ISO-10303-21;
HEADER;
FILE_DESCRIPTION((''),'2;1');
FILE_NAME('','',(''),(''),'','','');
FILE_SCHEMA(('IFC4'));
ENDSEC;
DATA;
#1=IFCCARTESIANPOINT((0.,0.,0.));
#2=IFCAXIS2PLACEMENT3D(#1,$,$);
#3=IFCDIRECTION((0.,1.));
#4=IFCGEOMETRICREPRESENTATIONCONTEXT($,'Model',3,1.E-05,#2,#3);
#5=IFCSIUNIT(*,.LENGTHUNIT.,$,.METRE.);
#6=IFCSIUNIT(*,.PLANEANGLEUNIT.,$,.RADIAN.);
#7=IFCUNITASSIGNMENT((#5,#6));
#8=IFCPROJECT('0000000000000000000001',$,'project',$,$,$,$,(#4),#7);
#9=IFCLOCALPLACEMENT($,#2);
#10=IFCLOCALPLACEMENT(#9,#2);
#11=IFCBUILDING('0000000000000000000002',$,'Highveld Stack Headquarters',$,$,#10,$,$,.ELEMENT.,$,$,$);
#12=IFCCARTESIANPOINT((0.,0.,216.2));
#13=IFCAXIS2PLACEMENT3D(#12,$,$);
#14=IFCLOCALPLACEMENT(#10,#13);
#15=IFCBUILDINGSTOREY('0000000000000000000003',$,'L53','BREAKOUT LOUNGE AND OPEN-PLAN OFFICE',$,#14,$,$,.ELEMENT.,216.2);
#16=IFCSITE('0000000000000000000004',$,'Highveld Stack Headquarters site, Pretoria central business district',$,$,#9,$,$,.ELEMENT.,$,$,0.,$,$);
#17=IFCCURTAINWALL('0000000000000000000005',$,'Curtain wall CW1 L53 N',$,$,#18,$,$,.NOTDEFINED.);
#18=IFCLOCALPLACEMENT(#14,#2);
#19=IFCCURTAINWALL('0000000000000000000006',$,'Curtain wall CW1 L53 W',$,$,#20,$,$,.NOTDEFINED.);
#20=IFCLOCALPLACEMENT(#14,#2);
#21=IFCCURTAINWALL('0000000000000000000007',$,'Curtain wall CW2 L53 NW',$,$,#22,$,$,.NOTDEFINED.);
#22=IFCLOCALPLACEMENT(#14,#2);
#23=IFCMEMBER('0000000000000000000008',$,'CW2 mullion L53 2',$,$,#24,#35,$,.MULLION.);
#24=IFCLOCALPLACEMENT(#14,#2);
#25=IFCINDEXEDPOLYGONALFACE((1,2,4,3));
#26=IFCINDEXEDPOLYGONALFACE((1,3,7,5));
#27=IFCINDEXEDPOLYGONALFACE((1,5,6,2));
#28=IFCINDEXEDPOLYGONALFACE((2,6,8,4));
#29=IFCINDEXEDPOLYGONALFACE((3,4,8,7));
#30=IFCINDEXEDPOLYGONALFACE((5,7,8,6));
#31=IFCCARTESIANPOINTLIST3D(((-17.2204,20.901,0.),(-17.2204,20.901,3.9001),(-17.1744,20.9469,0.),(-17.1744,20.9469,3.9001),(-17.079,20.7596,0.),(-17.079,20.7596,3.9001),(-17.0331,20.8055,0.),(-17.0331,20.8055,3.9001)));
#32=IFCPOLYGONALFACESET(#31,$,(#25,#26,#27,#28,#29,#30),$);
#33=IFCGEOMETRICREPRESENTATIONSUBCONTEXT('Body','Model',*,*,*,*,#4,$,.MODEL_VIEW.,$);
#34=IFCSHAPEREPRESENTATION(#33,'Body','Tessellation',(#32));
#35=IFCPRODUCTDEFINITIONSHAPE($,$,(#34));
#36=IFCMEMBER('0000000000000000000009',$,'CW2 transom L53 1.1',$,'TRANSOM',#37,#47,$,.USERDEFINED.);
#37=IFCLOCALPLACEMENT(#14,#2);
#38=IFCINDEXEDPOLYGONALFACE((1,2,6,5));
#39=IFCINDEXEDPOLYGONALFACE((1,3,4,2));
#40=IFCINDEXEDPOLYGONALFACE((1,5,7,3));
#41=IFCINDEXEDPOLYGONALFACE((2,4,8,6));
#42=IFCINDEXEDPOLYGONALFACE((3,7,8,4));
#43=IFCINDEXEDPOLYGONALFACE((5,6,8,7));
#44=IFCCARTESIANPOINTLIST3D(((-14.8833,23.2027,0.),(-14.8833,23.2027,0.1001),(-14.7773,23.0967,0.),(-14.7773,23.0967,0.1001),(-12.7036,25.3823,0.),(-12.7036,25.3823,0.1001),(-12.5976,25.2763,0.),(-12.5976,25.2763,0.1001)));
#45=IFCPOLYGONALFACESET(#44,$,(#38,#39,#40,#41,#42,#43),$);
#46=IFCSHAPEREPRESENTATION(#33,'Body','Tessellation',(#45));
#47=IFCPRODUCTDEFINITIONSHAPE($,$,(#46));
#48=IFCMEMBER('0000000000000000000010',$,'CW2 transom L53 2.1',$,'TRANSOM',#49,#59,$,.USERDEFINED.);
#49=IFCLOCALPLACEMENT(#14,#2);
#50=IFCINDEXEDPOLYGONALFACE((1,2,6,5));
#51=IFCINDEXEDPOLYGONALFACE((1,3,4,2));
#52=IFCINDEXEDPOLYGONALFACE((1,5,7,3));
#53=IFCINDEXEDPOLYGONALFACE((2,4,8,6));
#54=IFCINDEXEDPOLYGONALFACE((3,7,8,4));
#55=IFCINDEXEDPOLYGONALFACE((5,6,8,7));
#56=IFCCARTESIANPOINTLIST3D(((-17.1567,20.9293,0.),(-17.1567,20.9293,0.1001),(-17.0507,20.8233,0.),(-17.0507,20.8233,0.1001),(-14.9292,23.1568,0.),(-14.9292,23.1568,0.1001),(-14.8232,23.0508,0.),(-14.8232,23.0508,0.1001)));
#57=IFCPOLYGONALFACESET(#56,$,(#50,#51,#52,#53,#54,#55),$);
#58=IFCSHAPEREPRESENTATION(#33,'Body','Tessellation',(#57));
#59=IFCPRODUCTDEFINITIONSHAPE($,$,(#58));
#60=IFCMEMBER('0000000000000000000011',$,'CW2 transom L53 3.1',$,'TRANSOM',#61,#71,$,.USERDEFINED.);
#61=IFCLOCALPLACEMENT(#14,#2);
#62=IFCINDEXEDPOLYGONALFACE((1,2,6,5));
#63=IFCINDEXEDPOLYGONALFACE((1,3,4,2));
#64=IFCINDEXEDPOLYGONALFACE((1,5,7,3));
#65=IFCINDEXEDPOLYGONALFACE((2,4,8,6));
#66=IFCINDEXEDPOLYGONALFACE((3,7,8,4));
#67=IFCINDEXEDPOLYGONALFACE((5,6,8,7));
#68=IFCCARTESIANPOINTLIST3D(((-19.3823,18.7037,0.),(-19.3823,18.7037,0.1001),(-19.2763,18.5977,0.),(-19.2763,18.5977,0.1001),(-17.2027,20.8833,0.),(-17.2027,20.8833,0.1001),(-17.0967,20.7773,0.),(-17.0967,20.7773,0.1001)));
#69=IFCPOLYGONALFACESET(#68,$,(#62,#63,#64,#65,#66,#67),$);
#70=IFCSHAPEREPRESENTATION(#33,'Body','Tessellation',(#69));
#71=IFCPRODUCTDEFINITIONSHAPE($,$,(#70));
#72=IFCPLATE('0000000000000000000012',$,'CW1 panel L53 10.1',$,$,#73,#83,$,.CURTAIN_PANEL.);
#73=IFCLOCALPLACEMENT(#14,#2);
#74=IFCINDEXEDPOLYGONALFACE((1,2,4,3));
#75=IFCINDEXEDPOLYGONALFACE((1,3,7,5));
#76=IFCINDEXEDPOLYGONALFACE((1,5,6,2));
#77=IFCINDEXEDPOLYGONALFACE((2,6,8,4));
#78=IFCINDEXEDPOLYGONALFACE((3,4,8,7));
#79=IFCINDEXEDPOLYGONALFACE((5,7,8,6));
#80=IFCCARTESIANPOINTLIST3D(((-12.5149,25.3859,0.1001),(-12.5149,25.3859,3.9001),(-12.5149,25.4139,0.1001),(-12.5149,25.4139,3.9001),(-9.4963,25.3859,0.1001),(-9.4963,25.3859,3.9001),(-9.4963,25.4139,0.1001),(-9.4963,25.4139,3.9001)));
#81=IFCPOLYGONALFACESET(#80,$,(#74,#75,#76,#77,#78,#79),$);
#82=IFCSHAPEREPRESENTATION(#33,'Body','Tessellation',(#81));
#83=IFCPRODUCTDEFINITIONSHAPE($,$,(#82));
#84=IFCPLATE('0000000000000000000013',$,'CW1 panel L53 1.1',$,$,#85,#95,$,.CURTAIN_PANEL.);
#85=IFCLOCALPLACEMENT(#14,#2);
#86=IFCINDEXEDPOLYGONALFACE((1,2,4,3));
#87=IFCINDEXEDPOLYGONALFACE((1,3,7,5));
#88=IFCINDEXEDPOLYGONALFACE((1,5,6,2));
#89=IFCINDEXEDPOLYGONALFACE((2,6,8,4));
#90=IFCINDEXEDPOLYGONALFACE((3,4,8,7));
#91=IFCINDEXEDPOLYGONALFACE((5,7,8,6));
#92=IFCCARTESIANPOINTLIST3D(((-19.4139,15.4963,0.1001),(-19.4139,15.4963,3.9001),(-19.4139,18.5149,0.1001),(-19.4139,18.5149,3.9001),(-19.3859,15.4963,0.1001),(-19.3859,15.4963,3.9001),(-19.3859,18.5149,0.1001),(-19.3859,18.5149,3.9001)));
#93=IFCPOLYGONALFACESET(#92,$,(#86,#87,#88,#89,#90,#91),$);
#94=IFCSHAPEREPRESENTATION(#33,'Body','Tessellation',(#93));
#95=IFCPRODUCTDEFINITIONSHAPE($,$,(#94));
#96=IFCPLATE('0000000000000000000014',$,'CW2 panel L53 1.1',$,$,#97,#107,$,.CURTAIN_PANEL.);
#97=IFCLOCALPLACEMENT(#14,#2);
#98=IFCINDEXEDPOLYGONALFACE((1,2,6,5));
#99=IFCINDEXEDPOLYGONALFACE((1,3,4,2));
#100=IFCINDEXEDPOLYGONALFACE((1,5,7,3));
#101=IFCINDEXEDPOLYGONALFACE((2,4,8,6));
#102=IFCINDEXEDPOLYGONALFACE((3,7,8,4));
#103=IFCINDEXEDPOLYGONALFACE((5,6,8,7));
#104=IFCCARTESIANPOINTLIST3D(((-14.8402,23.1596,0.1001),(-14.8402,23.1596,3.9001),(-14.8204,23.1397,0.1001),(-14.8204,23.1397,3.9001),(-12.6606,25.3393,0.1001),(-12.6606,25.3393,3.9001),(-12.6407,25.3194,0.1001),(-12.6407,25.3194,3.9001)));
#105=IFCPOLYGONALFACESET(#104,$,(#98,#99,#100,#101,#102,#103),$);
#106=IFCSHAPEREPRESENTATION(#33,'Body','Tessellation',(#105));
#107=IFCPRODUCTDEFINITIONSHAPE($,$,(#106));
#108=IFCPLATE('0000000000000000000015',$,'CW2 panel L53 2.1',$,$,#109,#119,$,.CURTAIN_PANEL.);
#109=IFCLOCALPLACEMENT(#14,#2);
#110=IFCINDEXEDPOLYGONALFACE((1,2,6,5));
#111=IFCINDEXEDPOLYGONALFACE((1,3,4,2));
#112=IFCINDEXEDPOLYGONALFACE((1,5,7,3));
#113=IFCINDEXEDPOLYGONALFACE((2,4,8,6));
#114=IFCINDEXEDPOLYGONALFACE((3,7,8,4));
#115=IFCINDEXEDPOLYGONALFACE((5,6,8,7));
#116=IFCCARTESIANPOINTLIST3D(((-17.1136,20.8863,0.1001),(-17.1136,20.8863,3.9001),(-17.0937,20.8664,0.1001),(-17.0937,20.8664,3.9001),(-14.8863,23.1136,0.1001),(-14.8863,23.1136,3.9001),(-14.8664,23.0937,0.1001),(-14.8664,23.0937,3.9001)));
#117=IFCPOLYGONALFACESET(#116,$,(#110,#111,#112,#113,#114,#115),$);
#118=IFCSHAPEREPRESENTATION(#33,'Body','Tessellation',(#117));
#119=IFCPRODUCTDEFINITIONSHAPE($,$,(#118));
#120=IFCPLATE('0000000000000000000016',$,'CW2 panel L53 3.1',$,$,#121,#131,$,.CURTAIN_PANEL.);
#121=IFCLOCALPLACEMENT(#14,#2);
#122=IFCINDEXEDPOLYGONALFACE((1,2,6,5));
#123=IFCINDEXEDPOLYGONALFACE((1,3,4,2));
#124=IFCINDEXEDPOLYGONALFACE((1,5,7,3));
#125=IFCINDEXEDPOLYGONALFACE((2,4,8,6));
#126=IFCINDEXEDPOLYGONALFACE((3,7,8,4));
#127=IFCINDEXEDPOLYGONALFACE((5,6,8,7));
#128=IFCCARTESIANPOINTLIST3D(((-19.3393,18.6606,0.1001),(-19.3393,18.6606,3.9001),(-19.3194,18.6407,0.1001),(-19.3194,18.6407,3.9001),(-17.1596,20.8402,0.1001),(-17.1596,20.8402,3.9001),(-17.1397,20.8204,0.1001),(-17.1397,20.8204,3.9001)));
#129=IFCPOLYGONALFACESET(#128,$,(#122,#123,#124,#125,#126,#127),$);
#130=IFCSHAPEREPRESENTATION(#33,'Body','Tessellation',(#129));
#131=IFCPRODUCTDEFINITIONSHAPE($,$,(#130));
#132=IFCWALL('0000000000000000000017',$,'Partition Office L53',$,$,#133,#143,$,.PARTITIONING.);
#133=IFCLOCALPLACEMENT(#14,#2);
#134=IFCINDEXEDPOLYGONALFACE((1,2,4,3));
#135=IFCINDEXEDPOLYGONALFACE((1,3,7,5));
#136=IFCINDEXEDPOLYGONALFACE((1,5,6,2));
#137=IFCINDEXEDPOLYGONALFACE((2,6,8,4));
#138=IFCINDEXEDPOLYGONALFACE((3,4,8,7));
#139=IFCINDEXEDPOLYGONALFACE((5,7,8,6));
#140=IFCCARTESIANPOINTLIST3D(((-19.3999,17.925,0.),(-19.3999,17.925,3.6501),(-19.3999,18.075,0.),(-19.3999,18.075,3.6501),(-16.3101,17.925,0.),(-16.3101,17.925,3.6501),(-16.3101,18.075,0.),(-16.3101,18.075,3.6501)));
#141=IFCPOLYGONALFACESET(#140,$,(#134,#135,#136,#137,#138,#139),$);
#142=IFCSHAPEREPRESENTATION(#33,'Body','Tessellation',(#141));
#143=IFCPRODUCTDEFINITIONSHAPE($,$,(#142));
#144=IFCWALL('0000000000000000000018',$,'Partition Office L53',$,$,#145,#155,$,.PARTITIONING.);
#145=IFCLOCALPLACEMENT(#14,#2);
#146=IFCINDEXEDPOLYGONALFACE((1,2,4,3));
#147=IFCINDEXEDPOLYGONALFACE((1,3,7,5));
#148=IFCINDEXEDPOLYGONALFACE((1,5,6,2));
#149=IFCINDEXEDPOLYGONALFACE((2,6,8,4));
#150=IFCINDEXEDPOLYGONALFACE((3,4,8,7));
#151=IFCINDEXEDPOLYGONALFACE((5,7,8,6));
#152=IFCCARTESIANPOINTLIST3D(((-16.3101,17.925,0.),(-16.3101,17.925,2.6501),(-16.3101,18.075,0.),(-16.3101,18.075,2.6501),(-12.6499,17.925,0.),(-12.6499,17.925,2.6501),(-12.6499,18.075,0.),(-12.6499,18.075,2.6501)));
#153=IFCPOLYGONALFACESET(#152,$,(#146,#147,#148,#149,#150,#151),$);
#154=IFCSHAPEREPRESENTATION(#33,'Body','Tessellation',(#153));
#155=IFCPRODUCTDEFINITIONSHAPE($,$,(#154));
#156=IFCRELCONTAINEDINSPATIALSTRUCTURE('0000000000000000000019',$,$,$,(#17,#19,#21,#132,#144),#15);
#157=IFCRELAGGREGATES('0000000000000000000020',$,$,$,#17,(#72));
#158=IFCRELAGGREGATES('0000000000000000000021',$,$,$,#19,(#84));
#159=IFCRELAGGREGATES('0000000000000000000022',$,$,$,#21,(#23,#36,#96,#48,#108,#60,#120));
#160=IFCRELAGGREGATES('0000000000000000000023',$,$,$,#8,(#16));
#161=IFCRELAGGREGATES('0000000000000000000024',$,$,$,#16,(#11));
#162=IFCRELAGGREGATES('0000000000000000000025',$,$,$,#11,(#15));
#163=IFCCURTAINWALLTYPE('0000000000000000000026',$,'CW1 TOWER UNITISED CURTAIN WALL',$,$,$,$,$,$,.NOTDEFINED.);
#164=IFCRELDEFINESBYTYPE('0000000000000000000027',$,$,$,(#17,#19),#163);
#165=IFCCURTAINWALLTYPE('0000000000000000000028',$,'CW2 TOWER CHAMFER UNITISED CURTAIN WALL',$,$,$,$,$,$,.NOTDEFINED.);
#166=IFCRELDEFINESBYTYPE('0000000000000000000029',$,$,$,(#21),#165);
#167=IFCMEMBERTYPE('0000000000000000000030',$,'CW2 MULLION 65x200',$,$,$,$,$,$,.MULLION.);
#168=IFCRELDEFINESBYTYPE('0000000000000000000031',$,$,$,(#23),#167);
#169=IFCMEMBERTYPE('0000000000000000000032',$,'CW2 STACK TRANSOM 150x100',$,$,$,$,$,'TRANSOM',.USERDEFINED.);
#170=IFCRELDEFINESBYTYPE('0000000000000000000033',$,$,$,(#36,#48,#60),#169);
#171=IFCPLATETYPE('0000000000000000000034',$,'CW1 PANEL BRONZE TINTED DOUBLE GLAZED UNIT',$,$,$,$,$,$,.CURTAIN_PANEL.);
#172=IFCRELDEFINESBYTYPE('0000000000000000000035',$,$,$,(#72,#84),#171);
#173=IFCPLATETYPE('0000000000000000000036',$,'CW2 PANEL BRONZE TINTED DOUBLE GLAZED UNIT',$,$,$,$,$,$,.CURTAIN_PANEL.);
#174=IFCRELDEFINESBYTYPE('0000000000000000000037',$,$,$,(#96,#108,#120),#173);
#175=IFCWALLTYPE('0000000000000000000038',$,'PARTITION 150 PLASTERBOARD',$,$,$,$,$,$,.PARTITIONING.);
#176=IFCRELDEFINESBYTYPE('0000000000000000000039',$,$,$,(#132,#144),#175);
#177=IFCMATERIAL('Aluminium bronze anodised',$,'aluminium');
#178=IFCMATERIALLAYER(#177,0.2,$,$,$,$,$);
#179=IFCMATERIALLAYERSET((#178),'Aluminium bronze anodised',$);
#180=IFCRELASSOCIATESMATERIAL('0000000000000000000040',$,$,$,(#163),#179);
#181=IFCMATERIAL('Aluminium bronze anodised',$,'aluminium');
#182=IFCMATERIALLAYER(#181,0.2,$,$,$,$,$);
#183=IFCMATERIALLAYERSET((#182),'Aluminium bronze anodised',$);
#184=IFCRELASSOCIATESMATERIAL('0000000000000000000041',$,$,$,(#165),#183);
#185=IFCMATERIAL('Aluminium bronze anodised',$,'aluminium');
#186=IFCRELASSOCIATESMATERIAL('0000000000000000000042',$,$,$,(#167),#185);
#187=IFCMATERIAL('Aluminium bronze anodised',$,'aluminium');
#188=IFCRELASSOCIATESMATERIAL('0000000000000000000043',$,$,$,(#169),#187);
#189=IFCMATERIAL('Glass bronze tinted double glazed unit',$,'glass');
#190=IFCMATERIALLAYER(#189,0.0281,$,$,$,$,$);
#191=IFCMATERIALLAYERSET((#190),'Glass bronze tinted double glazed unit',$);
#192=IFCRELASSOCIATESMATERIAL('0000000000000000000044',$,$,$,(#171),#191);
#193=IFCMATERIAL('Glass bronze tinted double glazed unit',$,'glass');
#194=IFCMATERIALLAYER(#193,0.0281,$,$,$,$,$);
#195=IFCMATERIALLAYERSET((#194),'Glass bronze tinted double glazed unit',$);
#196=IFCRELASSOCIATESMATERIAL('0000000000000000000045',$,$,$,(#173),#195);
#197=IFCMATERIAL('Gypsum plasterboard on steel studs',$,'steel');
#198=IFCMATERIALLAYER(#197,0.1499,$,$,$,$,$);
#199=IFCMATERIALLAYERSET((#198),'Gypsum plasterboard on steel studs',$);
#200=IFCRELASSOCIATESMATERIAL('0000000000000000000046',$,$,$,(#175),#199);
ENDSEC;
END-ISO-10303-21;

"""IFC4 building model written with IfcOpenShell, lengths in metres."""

from ifc_helpers import new_model, si_unit, direction, frame, frame_2d, origin, origin_2d, place, context, subcontext, project, spatial, rectangle, extrude, material, layer, layer_set, material_profile, profile_set, type_object, element, aggregate, save


model = new_model("IFC4")

# Units and contexts
model_context = context("Model", 3, precision=1e-05, world=origin(), true_north=direction((0.0, 1.0)))
body_context = subcontext(model_context, "Body", "Model", "MODEL_VIEW")
ifc_project = project(units=[si_unit("LENGTHUNIT", "METRE"), si_unit("PLANEANGLEUNIT", "RADIAN")], contexts=[model_context])

# Site, building, storey
site_placement = place(None, origin())
site = spatial("IfcSite", under=ifc_project, at=site_placement, Name="Highveld Stack Headquarters site, Pretoria central business district", CompositionType="ELEMENT", RefElevation=0.0)
building_placement = place(site_placement, origin())
building = spatial("IfcBuilding", under=site, at=building_placement, Name="Highveld Stack Headquarters", CompositionType="ELEMENT")
storey_placement = place(building_placement, frame((0.0, 0.0, 216.2)))
storey = spatial("IfcBuildingStorey", under=building, at=storey_placement, Name="L53", Description="BREAKOUT LOUNGE AND OPEN-PLAN OFFICE", CompositionType="ELEMENT", Elevation=216.2)

# Curtain walls
ifc_material_1 = material(Name="Aluminium bronze anodised", Category="aluminium")
ifc_layer_1 = layer(ifc_material_1, 0.2)
ifc_layer_set_1 = layer_set([ifc_layer_1], Name="Aluminium bronze anodised")
curtain_wall_type_1 = type_object("IfcCurtainWallType", Name="CW1 TOWER UNITISED CURTAIN WALL", PredefinedType="NOTDEFINED", material=ifc_layer_set_1)
curtain_wall_1_placement = place(storey_placement, origin())
curtain_wall_1 = element("IfcCurtainWall", 1, at=curtain_wall_1_placement, inside=storey, type_object=curtain_wall_type_1, Name="Curtain wall CW1 L53 N", PredefinedType="NOTDEFINED")
curtain_wall_2_placement = place(storey_placement, origin())
curtain_wall_2 = element("IfcCurtainWall", 2, at=curtain_wall_2_placement, inside=storey, type_object=curtain_wall_type_1, Name="Curtain wall CW1 L53 W", PredefinedType="NOTDEFINED")

# Curtain wall, members
ifc_material_2 = material(Name="Aluminium bronze anodised", Category="aluminium")
ifc_layer_2 = layer(ifc_material_2, 0.2)
ifc_layer_set_2 = layer_set([ifc_layer_2], Name="Aluminium bronze anodised")
curtain_wall_type_2 = type_object("IfcCurtainWallType", Name="CW2 TOWER CHAMFER UNITISED CURTAIN WALL", PredefinedType="NOTDEFINED", material=ifc_layer_set_2)
curtain_wall_3_placement = place(storey_placement, origin())
curtain_wall_3 = element("IfcCurtainWall", 3, at=curtain_wall_3_placement, inside=storey, type_object=curtain_wall_type_2, Name="Curtain wall CW2 L53 NW", PredefinedType="NOTDEFINED")
ifc_material_3 = material(Name="Aluminium bronze anodised", Category="aluminium")
ifc_material_profile_1 = material_profile(ifc_material_3, rectangle(XDim=0.2, YDim=0.0649, at=origin_2d()), Name="CW2 MULLION 65x200")
ifc_profile_set_1 = profile_set([ifc_material_profile_1], Name="Aluminium bronze anodised")
member_type_1 = type_object("IfcMemberType", Name="CW2 MULLION 65x200", PredefinedType="MULLION", material=ifc_profile_set_1)
member_1_placement = place(storey_placement, frame((-17.1267, 20.8533, 0.0), z_axis=(0.0, 0.0, 1.0), x_axis=(0.707107, -0.707107, 0.0)))
member_1 = element("IfcMember", 4, at=member_1_placement, type_object=member_type_1, Name="CW2 mullion L53 2", PredefinedType="MULLION", context=body_context, shape_type="SweptSolid", body=[
    extrude(rectangle(XDim=0.2, YDim=0.0649, at=origin_2d()), origin(), (0.0, 0.0, 1.0), 3.9001),
])
ifc_material_4 = material(Name="Aluminium bronze anodised", Category="aluminium")
ifc_material_profile_2 = material_profile(ifc_material_4, rectangle(XDim=0.1499, YDim=0.1001, at=origin_2d()), Name="CW2 TRANSOM 150x100")
ifc_profile_set_2 = profile_set([ifc_material_profile_2], Name="Aluminium bronze anodised")
member_type_2 = type_object("IfcMemberType", Name="CW2 STACK TRANSOM 150x100", ElementType="TRANSOM", PredefinedType="USERDEFINED", material=ifc_profile_set_2)
member_2_placement = place(storey_placement, frame((-12.6506, 25.3293, 0.05), z_axis=(-0.707107, -0.707107, 0.0), x_axis=(0.707107, -0.707107, 0.0)))
member_2 = element("IfcMember", 5, at=member_2_placement, type_object=member_type_2, Name="CW2 transom L53 1.1", ObjectType="TRANSOM", PredefinedType="USERDEFINED", context=body_context, shape_type="SweptSolid", body=[
    extrude(rectangle(XDim=0.1499, YDim=0.1001, at=origin_2d()), origin(), (0.0, 0.0, 1.0), 3.0825),
])
member_3_placement = place(storey_placement, frame((-14.8762, 23.1038, 0.05), z_axis=(-0.707107, -0.707107, 0.0), x_axis=(0.707107, -0.707107, 0.0)))
member_3 = element("IfcMember", 6, at=member_3_placement, type_object=member_type_2, Name="CW2 transom L53 2.1", ObjectType="TRANSOM", PredefinedType="USERDEFINED", context=body_context, shape_type="SweptSolid", body=[
    extrude(rectangle(XDim=0.1499, YDim=0.1001, at=origin_2d()), origin(), (0.0, 0.0, 1.0), 3.1501),
])
member_4_placement = place(storey_placement, frame((-17.1497, 20.8303, 0.05), z_axis=(-0.707107, -0.707107, 0.0), x_axis=(0.707107, -0.707107, 0.0)))
member_4 = element("IfcMember", 7, at=member_4_placement, type_object=member_type_2, Name="CW2 transom L53 3.1", ObjectType="TRANSOM", PredefinedType="USERDEFINED", context=body_context, shape_type="SweptSolid", body=[
    extrude(rectangle(XDim=0.1499, YDim=0.1001, at=origin_2d()), origin(), (0.0, 0.0, 1.0), 3.0825),
])

# Plates
ifc_material_5 = material(Name="Glass bronze tinted double glazed unit", Category="glass")
ifc_layer_3 = layer(ifc_material_5, 0.0281)
ifc_layer_set_3 = layer_set([ifc_layer_3], Name="Glass bronze tinted double glazed unit")
plate_type_1 = type_object("IfcPlateType", Name="CW1 PANEL BRONZE TINTED DOUBLE GLAZED UNIT", PredefinedType="CURTAIN_PANEL", material=ifc_layer_set_3)
plate_1_placement = place(storey_placement, frame((-11.0056, 25.3999, 0.1001), z_axis=(0.0, 0.0, 1.0), x_axis=(-1.0, 0.0, 0.0)))
plate_1 = element("IfcPlate", 8, at=plate_1_placement, type_object=plate_type_1, Name="CW1 panel L53 10.1", PredefinedType="CURTAIN_PANEL", context=body_context, shape_type="SweptSolid", body=[
    extrude(rectangle(XDim=3.0186, YDim=0.0281, at=origin_2d()), origin(), (0.0, 0.0, 1.0), 3.8),
])
aggregate(curtain_wall_1, [plate_1])
plate_2_placement = place(storey_placement, frame((-19.3999, 17.0056, 0.1001), z_axis=(0.0, 0.0, 1.0), x_axis=(0.0, -1.0, 0.0)))
plate_2 = element("IfcPlate", 9, at=plate_2_placement, type_object=plate_type_1, Name="CW1 panel L53 1.1", PredefinedType="CURTAIN_PANEL", context=body_context, shape_type="SweptSolid", body=[
    extrude(rectangle(XDim=3.0186, YDim=0.0281, at=origin_2d()), origin(), (0.0, 0.0, 1.0), 3.8),
])
aggregate(curtain_wall_2, [plate_2])
ifc_material_6 = material(Name="Glass bronze tinted double glazed unit", Category="glass")
ifc_layer_4 = layer(ifc_material_6, 0.0281)
ifc_layer_set_4 = layer_set([ifc_layer_4], Name="Glass bronze tinted double glazed unit")
plate_type_2 = type_object("IfcPlateType", Name="CW2 PANEL BRONZE TINTED DOUBLE GLAZED UNIT", PredefinedType="CURTAIN_PANEL", material=ifc_layer_set_4)
plate_3_placement = place(storey_placement, frame((-13.7405, 24.2395, 0.1001), z_axis=(0.0, 0.0, 1.0), x_axis=(-0.707107, -0.707107, 0.0)))
plate_3 = element("IfcPlate", 10, at=plate_3_placement, type_object=plate_type_2, Name="CW2 panel L53 1.1", PredefinedType="CURTAIN_PANEL", context=body_context, shape_type="SweptSolid", body=[
    extrude(rectangle(XDim=3.0825, YDim=0.0281, at=origin_2d()), origin(), (0.0, 0.0, 1.0), 3.8),
])
plate_4_placement = place(storey_placement, frame((-15.99, 21.99, 0.1001), z_axis=(0.0, 0.0, 1.0), x_axis=(-0.707107, -0.707107, 0.0)))
plate_4 = element("IfcPlate", 11, at=plate_4_placement, type_object=plate_type_2, Name="CW2 panel L53 2.1", PredefinedType="CURTAIN_PANEL", context=body_context, shape_type="SweptSolid", body=[
    extrude(rectangle(XDim=3.1499, YDim=0.0281, at=origin_2d()), origin(), (0.0, 0.0, 1.0), 3.8),
])
plate_5_placement = place(storey_placement, frame((-18.2395, 19.7405, 0.1001), z_axis=(0.0, 0.0, 1.0), x_axis=(-0.707107, -0.707107, 0.0)))
plate_5 = element("IfcPlate", 12, at=plate_5_placement, type_object=plate_type_2, Name="CW2 panel L53 3.1", PredefinedType="CURTAIN_PANEL", context=body_context, shape_type="SweptSolid", body=[
    extrude(rectangle(XDim=3.0825, YDim=0.0281, at=origin_2d()), origin(), (0.0, 0.0, 1.0), 3.8),
])
aggregate(curtain_wall_3, [member_1, member_2, plate_3, member_3, plate_4, member_4, plate_5])

# Walls
ifc_material_7 = material(Name="Gypsum plasterboard on steel studs", Category="steel")
ifc_layer_5 = layer(ifc_material_7, 0.1499)
ifc_layer_set_5 = layer_set([ifc_layer_5], Name="Gypsum plasterboard on steel studs")
wall_type = type_object("IfcWallType", Name="PARTITION 150 PLASTERBOARD", PredefinedType="PARTITIONING", material=ifc_layer_set_5)
wall_1_placement = place(storey_placement, frame((-19.3999, 18.0, 0.0), z_axis=(0.0, 0.0, 1.0), x_axis=(1.0, 0.0, 0.0)))
element("IfcWall", 13, at=wall_1_placement, inside=storey, type_object=wall_type, Name="Partition Office L53", PredefinedType="PARTITIONING", context=body_context, shape_type="SweptSolid", body=[
    extrude(rectangle(XDim=3.0898, YDim=0.1499, at=frame_2d((1.5449, 0.0))), origin(), (0.0, 0.0, 1.0), 3.6501),
])
wall_2_placement = place(storey_placement, frame((-16.3101, 18.0, 0.0), z_axis=(0.0, 0.0, 1.0), x_axis=(1.0, 0.0, 0.0)))
element("IfcWall", 14, at=wall_2_placement, inside=storey, type_object=wall_type, Name="Partition Office L53", PredefinedType="PARTITIONING", context=body_context, shape_type="SweptSolid", body=[
    extrude(rectangle(XDim=3.6602, YDim=0.1499, at=frame_2d((1.8301, 0.0))), origin(), (0.0, 0.0, 1.0), 2.6501),
])

save(model, "model.ifc")
